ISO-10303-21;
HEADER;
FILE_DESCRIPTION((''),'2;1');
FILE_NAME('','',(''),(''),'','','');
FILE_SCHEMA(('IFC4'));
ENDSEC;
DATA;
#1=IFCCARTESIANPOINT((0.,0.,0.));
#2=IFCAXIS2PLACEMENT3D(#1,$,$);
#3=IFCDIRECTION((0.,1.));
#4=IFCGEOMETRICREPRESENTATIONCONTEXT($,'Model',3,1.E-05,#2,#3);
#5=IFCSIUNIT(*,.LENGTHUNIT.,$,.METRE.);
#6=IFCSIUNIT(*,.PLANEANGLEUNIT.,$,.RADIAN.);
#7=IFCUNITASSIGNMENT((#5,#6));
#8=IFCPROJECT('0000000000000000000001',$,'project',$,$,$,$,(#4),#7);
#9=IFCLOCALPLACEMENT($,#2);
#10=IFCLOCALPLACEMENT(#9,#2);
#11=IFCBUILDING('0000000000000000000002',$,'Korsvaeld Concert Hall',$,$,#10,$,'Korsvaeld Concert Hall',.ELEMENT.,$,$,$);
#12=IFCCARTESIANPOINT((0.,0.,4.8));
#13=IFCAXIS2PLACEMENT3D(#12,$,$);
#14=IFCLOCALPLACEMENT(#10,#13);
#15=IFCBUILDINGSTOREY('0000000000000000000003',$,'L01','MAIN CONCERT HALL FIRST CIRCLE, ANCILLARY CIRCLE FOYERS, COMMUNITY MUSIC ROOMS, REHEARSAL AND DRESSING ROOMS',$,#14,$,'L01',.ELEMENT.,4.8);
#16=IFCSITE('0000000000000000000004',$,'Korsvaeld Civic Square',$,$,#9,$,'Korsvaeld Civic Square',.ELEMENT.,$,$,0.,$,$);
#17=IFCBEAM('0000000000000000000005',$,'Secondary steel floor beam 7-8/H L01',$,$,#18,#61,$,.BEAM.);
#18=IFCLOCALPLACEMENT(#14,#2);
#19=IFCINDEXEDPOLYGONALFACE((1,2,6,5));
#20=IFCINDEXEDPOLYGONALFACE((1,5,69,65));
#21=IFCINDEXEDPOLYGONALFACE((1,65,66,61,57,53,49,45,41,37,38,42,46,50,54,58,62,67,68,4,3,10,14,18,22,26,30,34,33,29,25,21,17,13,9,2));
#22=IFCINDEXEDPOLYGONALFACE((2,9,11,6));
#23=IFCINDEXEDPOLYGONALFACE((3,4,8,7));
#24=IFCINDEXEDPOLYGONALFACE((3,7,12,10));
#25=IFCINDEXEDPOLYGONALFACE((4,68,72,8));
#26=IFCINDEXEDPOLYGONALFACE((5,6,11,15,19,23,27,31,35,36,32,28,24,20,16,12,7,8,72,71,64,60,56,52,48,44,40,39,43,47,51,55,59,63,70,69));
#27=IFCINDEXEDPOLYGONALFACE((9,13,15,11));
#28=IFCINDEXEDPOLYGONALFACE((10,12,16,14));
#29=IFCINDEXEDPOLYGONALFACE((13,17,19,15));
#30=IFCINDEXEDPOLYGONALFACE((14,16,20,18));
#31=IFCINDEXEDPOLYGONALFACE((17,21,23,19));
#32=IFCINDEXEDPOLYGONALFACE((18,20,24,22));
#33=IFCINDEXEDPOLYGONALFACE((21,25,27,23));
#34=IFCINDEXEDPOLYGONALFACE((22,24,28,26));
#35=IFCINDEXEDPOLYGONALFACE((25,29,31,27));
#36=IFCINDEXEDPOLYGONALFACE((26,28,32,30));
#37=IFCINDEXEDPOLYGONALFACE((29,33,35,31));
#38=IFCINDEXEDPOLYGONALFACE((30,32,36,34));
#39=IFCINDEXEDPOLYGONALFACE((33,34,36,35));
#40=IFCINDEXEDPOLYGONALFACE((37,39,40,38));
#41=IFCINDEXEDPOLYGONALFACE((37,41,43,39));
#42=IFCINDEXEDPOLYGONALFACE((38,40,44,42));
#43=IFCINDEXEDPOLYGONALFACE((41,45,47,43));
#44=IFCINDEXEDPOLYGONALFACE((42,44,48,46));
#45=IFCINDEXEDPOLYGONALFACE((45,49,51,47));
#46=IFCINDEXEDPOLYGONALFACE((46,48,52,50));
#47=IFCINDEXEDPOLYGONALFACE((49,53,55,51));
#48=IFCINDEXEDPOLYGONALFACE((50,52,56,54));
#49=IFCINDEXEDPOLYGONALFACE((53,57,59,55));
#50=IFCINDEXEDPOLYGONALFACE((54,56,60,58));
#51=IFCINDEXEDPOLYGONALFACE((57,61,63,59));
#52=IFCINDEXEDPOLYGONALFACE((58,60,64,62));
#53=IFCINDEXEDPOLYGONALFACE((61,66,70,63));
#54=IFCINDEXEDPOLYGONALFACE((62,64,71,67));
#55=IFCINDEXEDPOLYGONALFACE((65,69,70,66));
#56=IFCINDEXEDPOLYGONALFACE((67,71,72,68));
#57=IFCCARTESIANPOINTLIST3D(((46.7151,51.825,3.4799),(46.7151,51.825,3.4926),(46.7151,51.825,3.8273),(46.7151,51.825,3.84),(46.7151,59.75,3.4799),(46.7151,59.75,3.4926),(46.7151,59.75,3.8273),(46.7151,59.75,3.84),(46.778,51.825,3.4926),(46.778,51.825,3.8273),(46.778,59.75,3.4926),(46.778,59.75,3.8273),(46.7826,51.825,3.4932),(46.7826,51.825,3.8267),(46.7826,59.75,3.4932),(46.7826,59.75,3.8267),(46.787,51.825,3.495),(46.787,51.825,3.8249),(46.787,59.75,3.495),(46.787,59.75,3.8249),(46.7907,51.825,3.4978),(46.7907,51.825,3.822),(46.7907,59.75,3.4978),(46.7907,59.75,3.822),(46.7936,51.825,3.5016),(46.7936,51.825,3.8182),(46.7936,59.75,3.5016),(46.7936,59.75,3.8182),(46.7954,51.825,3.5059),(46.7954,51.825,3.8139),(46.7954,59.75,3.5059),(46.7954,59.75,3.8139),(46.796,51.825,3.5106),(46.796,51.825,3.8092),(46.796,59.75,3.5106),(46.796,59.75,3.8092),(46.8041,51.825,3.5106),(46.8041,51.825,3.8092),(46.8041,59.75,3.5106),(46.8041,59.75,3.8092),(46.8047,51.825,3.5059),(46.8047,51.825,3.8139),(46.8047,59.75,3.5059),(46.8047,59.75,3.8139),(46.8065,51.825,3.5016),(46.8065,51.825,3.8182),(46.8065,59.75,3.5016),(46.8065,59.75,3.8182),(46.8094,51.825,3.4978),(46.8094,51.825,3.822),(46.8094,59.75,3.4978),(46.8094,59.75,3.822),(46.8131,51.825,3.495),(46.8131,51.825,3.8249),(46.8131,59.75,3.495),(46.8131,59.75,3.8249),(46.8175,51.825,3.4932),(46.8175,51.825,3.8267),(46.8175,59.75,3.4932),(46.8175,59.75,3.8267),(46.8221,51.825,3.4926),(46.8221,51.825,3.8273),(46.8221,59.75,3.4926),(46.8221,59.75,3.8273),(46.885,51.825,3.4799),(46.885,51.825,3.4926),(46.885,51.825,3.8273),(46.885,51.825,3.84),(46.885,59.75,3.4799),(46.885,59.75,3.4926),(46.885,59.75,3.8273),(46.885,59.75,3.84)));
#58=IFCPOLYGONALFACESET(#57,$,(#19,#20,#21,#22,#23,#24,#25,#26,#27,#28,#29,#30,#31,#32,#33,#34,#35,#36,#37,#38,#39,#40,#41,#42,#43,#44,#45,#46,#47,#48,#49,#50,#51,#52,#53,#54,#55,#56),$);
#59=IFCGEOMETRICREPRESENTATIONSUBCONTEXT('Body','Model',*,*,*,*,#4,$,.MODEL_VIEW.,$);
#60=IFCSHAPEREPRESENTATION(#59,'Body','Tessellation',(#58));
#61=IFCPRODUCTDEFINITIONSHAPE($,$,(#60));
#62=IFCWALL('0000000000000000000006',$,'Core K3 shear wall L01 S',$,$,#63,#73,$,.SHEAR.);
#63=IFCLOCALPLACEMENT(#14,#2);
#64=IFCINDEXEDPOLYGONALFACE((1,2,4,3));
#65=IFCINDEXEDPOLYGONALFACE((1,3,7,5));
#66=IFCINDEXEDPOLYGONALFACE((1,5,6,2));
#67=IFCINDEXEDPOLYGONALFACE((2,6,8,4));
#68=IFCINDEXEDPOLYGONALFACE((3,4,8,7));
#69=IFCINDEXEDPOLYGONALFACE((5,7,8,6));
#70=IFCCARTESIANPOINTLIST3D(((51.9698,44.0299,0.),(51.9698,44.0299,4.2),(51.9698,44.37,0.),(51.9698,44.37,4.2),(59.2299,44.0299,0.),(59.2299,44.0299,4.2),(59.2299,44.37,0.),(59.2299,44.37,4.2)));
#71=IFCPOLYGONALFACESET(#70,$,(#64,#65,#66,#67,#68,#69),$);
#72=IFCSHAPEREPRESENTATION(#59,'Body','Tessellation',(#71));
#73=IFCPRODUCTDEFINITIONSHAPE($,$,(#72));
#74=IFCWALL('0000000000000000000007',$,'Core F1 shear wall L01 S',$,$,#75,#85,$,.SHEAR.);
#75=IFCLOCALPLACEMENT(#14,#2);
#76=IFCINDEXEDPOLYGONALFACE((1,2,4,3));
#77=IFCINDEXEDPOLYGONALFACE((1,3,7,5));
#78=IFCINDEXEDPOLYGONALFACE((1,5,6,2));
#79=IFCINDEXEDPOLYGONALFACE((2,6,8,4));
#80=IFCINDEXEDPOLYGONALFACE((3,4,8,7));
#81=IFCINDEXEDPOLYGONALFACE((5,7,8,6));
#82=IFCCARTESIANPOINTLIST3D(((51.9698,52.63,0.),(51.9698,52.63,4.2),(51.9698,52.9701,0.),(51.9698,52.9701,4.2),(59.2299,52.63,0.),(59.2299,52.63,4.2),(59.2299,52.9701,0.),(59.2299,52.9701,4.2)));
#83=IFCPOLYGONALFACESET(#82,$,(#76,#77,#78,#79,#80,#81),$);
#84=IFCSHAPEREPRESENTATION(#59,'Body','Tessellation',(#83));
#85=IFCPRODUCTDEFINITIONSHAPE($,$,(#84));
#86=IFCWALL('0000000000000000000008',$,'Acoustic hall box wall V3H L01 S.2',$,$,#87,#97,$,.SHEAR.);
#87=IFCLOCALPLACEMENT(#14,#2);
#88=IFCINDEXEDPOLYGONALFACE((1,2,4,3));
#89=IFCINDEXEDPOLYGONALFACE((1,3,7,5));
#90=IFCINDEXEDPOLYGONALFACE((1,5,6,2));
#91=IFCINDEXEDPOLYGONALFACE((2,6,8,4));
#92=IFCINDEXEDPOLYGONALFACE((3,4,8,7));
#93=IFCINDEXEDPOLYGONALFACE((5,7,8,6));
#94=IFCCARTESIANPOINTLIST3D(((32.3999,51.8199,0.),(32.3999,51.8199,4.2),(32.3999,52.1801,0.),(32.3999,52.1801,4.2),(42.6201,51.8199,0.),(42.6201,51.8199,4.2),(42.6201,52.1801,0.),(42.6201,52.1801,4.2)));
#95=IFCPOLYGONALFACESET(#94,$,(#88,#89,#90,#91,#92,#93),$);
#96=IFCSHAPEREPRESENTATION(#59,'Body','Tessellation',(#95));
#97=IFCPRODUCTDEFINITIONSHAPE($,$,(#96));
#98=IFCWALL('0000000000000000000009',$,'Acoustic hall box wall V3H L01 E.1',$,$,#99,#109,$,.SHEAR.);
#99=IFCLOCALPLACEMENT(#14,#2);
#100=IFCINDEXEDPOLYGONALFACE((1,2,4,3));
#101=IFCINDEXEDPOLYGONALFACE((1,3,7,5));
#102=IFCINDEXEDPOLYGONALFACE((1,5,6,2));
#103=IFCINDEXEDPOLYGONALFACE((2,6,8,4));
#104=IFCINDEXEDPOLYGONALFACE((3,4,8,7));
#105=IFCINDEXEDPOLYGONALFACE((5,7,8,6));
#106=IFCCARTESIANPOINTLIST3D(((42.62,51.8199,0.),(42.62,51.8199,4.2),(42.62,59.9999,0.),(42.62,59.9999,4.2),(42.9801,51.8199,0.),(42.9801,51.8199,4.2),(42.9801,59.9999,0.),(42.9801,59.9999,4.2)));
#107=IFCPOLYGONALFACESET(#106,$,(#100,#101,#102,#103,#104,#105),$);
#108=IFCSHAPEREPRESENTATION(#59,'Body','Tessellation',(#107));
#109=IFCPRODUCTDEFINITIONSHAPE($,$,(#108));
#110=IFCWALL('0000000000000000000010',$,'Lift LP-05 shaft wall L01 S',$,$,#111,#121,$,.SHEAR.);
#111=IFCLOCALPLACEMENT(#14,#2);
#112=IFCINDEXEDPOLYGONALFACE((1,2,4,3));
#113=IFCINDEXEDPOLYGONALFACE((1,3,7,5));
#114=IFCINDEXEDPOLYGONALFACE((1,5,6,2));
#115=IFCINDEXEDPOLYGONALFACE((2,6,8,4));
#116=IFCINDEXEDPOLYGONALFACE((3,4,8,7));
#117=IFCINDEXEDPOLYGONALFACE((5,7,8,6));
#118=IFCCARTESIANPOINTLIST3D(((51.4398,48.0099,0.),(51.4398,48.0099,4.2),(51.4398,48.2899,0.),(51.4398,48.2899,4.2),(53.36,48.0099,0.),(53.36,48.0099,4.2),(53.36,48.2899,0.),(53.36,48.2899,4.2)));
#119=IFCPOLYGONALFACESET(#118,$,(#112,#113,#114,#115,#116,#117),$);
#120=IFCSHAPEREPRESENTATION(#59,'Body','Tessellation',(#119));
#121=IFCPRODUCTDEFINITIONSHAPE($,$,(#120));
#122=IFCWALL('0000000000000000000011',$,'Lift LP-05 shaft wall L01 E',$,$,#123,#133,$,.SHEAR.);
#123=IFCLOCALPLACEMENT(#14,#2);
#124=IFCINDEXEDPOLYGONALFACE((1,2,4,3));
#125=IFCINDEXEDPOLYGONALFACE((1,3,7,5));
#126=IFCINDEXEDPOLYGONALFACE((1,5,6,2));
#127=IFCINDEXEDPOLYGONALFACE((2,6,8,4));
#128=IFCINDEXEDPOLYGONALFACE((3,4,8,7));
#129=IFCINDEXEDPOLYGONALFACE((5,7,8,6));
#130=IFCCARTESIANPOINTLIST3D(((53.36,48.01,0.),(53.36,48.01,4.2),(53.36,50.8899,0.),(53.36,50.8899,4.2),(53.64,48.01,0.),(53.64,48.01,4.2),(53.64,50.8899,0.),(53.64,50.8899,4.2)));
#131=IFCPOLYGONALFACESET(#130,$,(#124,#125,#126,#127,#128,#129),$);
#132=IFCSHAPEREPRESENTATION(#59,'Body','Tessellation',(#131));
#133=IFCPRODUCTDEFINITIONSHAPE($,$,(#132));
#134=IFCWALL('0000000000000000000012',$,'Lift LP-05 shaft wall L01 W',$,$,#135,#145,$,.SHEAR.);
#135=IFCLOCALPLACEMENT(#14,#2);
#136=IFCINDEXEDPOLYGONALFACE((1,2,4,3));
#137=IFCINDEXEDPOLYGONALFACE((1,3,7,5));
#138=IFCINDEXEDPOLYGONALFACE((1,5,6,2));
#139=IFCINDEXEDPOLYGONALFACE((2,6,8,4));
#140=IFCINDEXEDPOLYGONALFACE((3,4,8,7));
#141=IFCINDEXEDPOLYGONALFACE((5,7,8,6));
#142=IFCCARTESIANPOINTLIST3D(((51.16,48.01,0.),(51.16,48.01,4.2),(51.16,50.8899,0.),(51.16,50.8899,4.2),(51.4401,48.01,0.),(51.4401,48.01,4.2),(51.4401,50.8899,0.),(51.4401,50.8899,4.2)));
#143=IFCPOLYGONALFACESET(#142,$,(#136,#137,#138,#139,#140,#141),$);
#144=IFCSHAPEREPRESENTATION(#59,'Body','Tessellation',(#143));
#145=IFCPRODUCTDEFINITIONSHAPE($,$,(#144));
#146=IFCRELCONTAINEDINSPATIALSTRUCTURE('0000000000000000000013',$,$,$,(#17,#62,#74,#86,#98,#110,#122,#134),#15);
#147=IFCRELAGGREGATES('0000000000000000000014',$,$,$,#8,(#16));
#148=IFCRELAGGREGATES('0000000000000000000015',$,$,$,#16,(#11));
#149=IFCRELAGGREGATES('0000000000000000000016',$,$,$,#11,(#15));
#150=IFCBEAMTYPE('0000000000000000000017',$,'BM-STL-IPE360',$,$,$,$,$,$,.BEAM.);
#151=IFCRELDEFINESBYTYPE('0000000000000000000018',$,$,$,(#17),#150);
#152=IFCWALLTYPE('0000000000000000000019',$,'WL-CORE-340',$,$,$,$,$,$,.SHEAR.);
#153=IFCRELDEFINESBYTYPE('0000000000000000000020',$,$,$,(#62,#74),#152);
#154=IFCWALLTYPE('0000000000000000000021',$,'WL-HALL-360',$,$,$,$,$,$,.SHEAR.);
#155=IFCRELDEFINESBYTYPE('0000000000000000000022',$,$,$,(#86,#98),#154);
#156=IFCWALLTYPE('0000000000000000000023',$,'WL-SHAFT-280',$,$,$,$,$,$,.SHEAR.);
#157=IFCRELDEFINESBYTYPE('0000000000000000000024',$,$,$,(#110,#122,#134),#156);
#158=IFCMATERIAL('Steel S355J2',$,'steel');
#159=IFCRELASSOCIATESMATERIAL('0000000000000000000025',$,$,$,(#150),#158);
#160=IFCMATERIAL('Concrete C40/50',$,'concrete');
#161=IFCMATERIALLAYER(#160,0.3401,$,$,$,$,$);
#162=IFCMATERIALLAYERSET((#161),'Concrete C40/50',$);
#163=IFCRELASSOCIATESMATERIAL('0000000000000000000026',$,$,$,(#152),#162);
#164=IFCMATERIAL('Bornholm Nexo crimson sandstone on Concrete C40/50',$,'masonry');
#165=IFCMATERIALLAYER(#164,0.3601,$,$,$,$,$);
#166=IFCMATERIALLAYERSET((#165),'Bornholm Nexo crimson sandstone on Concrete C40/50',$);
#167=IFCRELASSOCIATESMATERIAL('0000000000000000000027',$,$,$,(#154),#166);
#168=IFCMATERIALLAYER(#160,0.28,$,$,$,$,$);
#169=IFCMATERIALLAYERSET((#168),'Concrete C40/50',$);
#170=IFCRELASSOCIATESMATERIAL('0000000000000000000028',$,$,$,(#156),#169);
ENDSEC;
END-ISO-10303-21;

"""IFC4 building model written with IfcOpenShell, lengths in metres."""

from ifc_helpers import new_model, si_unit, direction, frame, frame_2d, origin, origin_2d, place, context, subcontext, project, spatial, rectangle, i_section, extrude, material, layer, layer_set, material_profile, profile_set, type_object, element, save


model = new_model("IFC4")

# Units and contexts
model_context = context("Model", 3, precision=1e-05, world=origin(), true_north=direction((0.0, 1.0)))
body_context = subcontext(model_context, "Body", "Model", "MODEL_VIEW")
ifc_project = project(units=[si_unit("LENGTHUNIT", "METRE"), si_unit("PLANEANGLEUNIT", "RADIAN")], contexts=[model_context])

# Site, building, storey
site_placement = place(None, origin())
site = spatial("IfcSite", under=ifc_project, at=site_placement, Name="Korsvaeld Civic Square", LongName="Korsvaeld Civic Square", CompositionType="ELEMENT", RefElevation=0.0)
building_placement = place(site_placement, origin())
building = spatial("IfcBuilding", under=site, at=building_placement, Name="Korsvaeld Concert Hall", LongName="Korsvaeld Concert Hall", CompositionType="ELEMENT")
storey_placement = place(building_placement, frame((0.0, 0.0, 4.8)))
storey = spatial("IfcBuildingStorey", under=building, at=storey_placement, Name="L01", Description="MAIN CONCERT HALL FIRST CIRCLE, ANCILLARY CIRCLE FOYERS, COMMUNITY MUSIC ROOMS, REHEARSAL AND DRESSING ROOMS", LongName="L01", CompositionType="ELEMENT", Elevation=4.8)

# Shared definitions
ifc_material_1 = material(Name="Concrete C40/50", Category="concrete")

# Beam
ifc_material_2 = material(Name="Steel S355J2", Category="steel")
ifc_material_profile_1 = material_profile(ifc_material_2, i_section(OverallWidth=0.1699, OverallDepth=0.3601, WebThickness=0.0081, FlangeThickness=0.0127, FilletRadius=0.0181, at=origin_2d()), Name="IPE 360")
ifc_profile_set_1 = profile_set([ifc_material_profile_1], Name="Steel S355J2")
beam_type_1 = type_object("IfcBeamType", Name="BM-STL-IPE360", PredefinedType="BEAM", material=ifc_profile_set_1)
beam_1_placement = place(storey_placement, frame((46.8, 51.825, 3.6599), z_axis=(0.0, 1.0, 0.0), x_axis=(-1.0, 0.0, 0.0)))
element("IfcBeam", 1, at=beam_1_placement, inside=storey, type_object=beam_type_1, Name="Secondary steel floor beam 7-8/H L01", PredefinedType="BEAM", context=body_context, shape_type="SweptSolid", body=[
    extrude(i_section(OverallWidth=0.1699, OverallDepth=0.3601, WebThickness=0.0081, FlangeThickness=0.0127, FilletRadius=0.0181, at=origin_2d()), origin(), (0.0, 0.0, 1.0), 7.925),
])

# Wall
ifc_layer_1 = layer(ifc_material_1, 0.3401)
ifc_layer_set_1 = layer_set([ifc_layer_1], Name="Concrete C40/50")
wall_type_1 = type_object("IfcWallType", Name="WL-CORE-340", PredefinedType="SHEAR", material=ifc_layer_set_1)
wall_1_placement = place(storey_placement, frame((51.97, 44.2, 0.0), z_axis=(0.0, 0.0, 1.0), x_axis=(1.0, 0.0, 0.0)))
element("IfcWall", 2, at=wall_1_placement, inside=storey, type_object=wall_type_1, Name="Core K3 shear wall L01 S", PredefinedType="SHEAR", context=body_context, shape_type="SweptSolid", body=[
    extrude(rectangle(XDim=7.26, YDim=0.3401, at=frame_2d((3.6299, 0.0))), origin(), (0.0, 0.0, 1.0), 4.2),
])

# Walls
wall_2_placement = place(storey_placement, frame((51.97, 52.8, 0.0), z_axis=(0.0, 0.0, 1.0), x_axis=(1.0, 0.0, 0.0)))
element("IfcWall", 3, at=wall_2_placement, inside=storey, type_object=wall_type_1, Name="Core F1 shear wall L01 S", PredefinedType="SHEAR", context=body_context, shape_type="SweptSolid", body=[
    extrude(rectangle(XDim=7.26, YDim=0.3401, at=frame_2d((3.6299, 0.0))), origin(), (0.0, 0.0, 1.0), 4.2),
])
ifc_material_3 = material(Name="Bornholm Nexo crimson sandstone on Concrete C40/50", Category="masonry")
ifc_layer_2 = layer(ifc_material_3, 0.3601)
ifc_layer_set_2 = layer_set([ifc_layer_2], Name="Bornholm Nexo crimson sandstone on Concrete C40/50")
wall_type_2 = type_object("IfcWallType", Name="WL-HALL-360", PredefinedType="SHEAR", material=ifc_layer_set_2)
wall_3_placement = place(storey_placement, frame((32.3999, 52.0, 0.0), z_axis=(0.0, 0.0, 1.0), x_axis=(1.0, 0.0, 0.0)))
element("IfcWall", 4, at=wall_3_placement, inside=storey, type_object=wall_type_2, Name="Acoustic hall box wall V3H L01 S.2", PredefinedType="SHEAR", context=body_context, shape_type="SweptSolid", body=[
    extrude(rectangle(XDim=10.2202, YDim=0.3601, at=frame_2d((5.1101, 0.0))), origin(), (0.0, 0.0, 1.0), 4.2),
])
wall_4_placement = place(storey_placement, frame((42.8, 51.8201, 0.0), z_axis=(0.0, 0.0, 1.0), x_axis=(0.0, 1.0, 0.0)))
element("IfcWall", 5, at=wall_4_placement, inside=storey, type_object=wall_type_2, Name="Acoustic hall box wall V3H L01 E.1", PredefinedType="SHEAR", context=body_context, shape_type="SweptSolid", body=[
    extrude(rectangle(XDim=8.1799, YDim=0.3601, at=frame_2d((4.0898, 0.0))), origin(), (0.0, 0.0, 1.0), 4.2),
])
ifc_layer_3 = layer(ifc_material_1, 0.28)
ifc_layer_set_3 = layer_set([ifc_layer_3], Name="Concrete C40/50")
wall_type_3 = type_object("IfcWallType", Name="WL-SHAFT-280", PredefinedType="SHEAR", material=ifc_layer_set_3)
wall_5_placement = place(storey_placement, frame((51.4399, 48.1499, 0.0), z_axis=(0.0, 0.0, 1.0), x_axis=(1.0, 0.0, 0.0)))
element("IfcWall", 6, at=wall_5_placement, inside=storey, type_object=wall_type_3, Name="Lift LP-05 shaft wall L01 S", PredefinedType="SHEAR", context=body_context, shape_type="SweptSolid", body=[
    extrude(rectangle(XDim=1.9202, YDim=0.28, at=frame_2d((0.96, 0.0))), origin(), (0.0, 0.0, 1.0), 4.2),
])
wall_6_placement = place(storey_placement, frame((53.5, 48.01, 0.0), z_axis=(0.0, 0.0, 1.0), x_axis=(0.0, 1.0, 0.0)))
element("IfcWall", 7, at=wall_6_placement, inside=storey, type_object=wall_type_3, Name="Lift LP-05 shaft wall L01 E", PredefinedType="SHEAR", context=body_context, shape_type="SweptSolid", body=[
    extrude(rectangle(XDim=2.8799, YDim=0.28, at=frame_2d((1.4399, 0.0))), origin(), (0.0, 0.0, 1.0), 4.2),
])

# Wall
wall_7_placement = place(storey_placement, frame((51.3, 50.8899, 0.0), z_axis=(0.0, 0.0, 1.0), x_axis=(0.0, -1.0, 0.0)))
element("IfcWall", 8, at=wall_7_placement, inside=storey, type_object=wall_type_3, Name="Lift LP-05 shaft wall L01 W", PredefinedType="SHEAR", context=body_context, shape_type="SweptSolid", body=[
    extrude(rectangle(XDim=2.8799, YDim=0.28, at=frame_2d((1.4399, 0.0))), origin(), (0.0, 0.0, 1.0), 4.2),
])

save(model, "model.ifc")
